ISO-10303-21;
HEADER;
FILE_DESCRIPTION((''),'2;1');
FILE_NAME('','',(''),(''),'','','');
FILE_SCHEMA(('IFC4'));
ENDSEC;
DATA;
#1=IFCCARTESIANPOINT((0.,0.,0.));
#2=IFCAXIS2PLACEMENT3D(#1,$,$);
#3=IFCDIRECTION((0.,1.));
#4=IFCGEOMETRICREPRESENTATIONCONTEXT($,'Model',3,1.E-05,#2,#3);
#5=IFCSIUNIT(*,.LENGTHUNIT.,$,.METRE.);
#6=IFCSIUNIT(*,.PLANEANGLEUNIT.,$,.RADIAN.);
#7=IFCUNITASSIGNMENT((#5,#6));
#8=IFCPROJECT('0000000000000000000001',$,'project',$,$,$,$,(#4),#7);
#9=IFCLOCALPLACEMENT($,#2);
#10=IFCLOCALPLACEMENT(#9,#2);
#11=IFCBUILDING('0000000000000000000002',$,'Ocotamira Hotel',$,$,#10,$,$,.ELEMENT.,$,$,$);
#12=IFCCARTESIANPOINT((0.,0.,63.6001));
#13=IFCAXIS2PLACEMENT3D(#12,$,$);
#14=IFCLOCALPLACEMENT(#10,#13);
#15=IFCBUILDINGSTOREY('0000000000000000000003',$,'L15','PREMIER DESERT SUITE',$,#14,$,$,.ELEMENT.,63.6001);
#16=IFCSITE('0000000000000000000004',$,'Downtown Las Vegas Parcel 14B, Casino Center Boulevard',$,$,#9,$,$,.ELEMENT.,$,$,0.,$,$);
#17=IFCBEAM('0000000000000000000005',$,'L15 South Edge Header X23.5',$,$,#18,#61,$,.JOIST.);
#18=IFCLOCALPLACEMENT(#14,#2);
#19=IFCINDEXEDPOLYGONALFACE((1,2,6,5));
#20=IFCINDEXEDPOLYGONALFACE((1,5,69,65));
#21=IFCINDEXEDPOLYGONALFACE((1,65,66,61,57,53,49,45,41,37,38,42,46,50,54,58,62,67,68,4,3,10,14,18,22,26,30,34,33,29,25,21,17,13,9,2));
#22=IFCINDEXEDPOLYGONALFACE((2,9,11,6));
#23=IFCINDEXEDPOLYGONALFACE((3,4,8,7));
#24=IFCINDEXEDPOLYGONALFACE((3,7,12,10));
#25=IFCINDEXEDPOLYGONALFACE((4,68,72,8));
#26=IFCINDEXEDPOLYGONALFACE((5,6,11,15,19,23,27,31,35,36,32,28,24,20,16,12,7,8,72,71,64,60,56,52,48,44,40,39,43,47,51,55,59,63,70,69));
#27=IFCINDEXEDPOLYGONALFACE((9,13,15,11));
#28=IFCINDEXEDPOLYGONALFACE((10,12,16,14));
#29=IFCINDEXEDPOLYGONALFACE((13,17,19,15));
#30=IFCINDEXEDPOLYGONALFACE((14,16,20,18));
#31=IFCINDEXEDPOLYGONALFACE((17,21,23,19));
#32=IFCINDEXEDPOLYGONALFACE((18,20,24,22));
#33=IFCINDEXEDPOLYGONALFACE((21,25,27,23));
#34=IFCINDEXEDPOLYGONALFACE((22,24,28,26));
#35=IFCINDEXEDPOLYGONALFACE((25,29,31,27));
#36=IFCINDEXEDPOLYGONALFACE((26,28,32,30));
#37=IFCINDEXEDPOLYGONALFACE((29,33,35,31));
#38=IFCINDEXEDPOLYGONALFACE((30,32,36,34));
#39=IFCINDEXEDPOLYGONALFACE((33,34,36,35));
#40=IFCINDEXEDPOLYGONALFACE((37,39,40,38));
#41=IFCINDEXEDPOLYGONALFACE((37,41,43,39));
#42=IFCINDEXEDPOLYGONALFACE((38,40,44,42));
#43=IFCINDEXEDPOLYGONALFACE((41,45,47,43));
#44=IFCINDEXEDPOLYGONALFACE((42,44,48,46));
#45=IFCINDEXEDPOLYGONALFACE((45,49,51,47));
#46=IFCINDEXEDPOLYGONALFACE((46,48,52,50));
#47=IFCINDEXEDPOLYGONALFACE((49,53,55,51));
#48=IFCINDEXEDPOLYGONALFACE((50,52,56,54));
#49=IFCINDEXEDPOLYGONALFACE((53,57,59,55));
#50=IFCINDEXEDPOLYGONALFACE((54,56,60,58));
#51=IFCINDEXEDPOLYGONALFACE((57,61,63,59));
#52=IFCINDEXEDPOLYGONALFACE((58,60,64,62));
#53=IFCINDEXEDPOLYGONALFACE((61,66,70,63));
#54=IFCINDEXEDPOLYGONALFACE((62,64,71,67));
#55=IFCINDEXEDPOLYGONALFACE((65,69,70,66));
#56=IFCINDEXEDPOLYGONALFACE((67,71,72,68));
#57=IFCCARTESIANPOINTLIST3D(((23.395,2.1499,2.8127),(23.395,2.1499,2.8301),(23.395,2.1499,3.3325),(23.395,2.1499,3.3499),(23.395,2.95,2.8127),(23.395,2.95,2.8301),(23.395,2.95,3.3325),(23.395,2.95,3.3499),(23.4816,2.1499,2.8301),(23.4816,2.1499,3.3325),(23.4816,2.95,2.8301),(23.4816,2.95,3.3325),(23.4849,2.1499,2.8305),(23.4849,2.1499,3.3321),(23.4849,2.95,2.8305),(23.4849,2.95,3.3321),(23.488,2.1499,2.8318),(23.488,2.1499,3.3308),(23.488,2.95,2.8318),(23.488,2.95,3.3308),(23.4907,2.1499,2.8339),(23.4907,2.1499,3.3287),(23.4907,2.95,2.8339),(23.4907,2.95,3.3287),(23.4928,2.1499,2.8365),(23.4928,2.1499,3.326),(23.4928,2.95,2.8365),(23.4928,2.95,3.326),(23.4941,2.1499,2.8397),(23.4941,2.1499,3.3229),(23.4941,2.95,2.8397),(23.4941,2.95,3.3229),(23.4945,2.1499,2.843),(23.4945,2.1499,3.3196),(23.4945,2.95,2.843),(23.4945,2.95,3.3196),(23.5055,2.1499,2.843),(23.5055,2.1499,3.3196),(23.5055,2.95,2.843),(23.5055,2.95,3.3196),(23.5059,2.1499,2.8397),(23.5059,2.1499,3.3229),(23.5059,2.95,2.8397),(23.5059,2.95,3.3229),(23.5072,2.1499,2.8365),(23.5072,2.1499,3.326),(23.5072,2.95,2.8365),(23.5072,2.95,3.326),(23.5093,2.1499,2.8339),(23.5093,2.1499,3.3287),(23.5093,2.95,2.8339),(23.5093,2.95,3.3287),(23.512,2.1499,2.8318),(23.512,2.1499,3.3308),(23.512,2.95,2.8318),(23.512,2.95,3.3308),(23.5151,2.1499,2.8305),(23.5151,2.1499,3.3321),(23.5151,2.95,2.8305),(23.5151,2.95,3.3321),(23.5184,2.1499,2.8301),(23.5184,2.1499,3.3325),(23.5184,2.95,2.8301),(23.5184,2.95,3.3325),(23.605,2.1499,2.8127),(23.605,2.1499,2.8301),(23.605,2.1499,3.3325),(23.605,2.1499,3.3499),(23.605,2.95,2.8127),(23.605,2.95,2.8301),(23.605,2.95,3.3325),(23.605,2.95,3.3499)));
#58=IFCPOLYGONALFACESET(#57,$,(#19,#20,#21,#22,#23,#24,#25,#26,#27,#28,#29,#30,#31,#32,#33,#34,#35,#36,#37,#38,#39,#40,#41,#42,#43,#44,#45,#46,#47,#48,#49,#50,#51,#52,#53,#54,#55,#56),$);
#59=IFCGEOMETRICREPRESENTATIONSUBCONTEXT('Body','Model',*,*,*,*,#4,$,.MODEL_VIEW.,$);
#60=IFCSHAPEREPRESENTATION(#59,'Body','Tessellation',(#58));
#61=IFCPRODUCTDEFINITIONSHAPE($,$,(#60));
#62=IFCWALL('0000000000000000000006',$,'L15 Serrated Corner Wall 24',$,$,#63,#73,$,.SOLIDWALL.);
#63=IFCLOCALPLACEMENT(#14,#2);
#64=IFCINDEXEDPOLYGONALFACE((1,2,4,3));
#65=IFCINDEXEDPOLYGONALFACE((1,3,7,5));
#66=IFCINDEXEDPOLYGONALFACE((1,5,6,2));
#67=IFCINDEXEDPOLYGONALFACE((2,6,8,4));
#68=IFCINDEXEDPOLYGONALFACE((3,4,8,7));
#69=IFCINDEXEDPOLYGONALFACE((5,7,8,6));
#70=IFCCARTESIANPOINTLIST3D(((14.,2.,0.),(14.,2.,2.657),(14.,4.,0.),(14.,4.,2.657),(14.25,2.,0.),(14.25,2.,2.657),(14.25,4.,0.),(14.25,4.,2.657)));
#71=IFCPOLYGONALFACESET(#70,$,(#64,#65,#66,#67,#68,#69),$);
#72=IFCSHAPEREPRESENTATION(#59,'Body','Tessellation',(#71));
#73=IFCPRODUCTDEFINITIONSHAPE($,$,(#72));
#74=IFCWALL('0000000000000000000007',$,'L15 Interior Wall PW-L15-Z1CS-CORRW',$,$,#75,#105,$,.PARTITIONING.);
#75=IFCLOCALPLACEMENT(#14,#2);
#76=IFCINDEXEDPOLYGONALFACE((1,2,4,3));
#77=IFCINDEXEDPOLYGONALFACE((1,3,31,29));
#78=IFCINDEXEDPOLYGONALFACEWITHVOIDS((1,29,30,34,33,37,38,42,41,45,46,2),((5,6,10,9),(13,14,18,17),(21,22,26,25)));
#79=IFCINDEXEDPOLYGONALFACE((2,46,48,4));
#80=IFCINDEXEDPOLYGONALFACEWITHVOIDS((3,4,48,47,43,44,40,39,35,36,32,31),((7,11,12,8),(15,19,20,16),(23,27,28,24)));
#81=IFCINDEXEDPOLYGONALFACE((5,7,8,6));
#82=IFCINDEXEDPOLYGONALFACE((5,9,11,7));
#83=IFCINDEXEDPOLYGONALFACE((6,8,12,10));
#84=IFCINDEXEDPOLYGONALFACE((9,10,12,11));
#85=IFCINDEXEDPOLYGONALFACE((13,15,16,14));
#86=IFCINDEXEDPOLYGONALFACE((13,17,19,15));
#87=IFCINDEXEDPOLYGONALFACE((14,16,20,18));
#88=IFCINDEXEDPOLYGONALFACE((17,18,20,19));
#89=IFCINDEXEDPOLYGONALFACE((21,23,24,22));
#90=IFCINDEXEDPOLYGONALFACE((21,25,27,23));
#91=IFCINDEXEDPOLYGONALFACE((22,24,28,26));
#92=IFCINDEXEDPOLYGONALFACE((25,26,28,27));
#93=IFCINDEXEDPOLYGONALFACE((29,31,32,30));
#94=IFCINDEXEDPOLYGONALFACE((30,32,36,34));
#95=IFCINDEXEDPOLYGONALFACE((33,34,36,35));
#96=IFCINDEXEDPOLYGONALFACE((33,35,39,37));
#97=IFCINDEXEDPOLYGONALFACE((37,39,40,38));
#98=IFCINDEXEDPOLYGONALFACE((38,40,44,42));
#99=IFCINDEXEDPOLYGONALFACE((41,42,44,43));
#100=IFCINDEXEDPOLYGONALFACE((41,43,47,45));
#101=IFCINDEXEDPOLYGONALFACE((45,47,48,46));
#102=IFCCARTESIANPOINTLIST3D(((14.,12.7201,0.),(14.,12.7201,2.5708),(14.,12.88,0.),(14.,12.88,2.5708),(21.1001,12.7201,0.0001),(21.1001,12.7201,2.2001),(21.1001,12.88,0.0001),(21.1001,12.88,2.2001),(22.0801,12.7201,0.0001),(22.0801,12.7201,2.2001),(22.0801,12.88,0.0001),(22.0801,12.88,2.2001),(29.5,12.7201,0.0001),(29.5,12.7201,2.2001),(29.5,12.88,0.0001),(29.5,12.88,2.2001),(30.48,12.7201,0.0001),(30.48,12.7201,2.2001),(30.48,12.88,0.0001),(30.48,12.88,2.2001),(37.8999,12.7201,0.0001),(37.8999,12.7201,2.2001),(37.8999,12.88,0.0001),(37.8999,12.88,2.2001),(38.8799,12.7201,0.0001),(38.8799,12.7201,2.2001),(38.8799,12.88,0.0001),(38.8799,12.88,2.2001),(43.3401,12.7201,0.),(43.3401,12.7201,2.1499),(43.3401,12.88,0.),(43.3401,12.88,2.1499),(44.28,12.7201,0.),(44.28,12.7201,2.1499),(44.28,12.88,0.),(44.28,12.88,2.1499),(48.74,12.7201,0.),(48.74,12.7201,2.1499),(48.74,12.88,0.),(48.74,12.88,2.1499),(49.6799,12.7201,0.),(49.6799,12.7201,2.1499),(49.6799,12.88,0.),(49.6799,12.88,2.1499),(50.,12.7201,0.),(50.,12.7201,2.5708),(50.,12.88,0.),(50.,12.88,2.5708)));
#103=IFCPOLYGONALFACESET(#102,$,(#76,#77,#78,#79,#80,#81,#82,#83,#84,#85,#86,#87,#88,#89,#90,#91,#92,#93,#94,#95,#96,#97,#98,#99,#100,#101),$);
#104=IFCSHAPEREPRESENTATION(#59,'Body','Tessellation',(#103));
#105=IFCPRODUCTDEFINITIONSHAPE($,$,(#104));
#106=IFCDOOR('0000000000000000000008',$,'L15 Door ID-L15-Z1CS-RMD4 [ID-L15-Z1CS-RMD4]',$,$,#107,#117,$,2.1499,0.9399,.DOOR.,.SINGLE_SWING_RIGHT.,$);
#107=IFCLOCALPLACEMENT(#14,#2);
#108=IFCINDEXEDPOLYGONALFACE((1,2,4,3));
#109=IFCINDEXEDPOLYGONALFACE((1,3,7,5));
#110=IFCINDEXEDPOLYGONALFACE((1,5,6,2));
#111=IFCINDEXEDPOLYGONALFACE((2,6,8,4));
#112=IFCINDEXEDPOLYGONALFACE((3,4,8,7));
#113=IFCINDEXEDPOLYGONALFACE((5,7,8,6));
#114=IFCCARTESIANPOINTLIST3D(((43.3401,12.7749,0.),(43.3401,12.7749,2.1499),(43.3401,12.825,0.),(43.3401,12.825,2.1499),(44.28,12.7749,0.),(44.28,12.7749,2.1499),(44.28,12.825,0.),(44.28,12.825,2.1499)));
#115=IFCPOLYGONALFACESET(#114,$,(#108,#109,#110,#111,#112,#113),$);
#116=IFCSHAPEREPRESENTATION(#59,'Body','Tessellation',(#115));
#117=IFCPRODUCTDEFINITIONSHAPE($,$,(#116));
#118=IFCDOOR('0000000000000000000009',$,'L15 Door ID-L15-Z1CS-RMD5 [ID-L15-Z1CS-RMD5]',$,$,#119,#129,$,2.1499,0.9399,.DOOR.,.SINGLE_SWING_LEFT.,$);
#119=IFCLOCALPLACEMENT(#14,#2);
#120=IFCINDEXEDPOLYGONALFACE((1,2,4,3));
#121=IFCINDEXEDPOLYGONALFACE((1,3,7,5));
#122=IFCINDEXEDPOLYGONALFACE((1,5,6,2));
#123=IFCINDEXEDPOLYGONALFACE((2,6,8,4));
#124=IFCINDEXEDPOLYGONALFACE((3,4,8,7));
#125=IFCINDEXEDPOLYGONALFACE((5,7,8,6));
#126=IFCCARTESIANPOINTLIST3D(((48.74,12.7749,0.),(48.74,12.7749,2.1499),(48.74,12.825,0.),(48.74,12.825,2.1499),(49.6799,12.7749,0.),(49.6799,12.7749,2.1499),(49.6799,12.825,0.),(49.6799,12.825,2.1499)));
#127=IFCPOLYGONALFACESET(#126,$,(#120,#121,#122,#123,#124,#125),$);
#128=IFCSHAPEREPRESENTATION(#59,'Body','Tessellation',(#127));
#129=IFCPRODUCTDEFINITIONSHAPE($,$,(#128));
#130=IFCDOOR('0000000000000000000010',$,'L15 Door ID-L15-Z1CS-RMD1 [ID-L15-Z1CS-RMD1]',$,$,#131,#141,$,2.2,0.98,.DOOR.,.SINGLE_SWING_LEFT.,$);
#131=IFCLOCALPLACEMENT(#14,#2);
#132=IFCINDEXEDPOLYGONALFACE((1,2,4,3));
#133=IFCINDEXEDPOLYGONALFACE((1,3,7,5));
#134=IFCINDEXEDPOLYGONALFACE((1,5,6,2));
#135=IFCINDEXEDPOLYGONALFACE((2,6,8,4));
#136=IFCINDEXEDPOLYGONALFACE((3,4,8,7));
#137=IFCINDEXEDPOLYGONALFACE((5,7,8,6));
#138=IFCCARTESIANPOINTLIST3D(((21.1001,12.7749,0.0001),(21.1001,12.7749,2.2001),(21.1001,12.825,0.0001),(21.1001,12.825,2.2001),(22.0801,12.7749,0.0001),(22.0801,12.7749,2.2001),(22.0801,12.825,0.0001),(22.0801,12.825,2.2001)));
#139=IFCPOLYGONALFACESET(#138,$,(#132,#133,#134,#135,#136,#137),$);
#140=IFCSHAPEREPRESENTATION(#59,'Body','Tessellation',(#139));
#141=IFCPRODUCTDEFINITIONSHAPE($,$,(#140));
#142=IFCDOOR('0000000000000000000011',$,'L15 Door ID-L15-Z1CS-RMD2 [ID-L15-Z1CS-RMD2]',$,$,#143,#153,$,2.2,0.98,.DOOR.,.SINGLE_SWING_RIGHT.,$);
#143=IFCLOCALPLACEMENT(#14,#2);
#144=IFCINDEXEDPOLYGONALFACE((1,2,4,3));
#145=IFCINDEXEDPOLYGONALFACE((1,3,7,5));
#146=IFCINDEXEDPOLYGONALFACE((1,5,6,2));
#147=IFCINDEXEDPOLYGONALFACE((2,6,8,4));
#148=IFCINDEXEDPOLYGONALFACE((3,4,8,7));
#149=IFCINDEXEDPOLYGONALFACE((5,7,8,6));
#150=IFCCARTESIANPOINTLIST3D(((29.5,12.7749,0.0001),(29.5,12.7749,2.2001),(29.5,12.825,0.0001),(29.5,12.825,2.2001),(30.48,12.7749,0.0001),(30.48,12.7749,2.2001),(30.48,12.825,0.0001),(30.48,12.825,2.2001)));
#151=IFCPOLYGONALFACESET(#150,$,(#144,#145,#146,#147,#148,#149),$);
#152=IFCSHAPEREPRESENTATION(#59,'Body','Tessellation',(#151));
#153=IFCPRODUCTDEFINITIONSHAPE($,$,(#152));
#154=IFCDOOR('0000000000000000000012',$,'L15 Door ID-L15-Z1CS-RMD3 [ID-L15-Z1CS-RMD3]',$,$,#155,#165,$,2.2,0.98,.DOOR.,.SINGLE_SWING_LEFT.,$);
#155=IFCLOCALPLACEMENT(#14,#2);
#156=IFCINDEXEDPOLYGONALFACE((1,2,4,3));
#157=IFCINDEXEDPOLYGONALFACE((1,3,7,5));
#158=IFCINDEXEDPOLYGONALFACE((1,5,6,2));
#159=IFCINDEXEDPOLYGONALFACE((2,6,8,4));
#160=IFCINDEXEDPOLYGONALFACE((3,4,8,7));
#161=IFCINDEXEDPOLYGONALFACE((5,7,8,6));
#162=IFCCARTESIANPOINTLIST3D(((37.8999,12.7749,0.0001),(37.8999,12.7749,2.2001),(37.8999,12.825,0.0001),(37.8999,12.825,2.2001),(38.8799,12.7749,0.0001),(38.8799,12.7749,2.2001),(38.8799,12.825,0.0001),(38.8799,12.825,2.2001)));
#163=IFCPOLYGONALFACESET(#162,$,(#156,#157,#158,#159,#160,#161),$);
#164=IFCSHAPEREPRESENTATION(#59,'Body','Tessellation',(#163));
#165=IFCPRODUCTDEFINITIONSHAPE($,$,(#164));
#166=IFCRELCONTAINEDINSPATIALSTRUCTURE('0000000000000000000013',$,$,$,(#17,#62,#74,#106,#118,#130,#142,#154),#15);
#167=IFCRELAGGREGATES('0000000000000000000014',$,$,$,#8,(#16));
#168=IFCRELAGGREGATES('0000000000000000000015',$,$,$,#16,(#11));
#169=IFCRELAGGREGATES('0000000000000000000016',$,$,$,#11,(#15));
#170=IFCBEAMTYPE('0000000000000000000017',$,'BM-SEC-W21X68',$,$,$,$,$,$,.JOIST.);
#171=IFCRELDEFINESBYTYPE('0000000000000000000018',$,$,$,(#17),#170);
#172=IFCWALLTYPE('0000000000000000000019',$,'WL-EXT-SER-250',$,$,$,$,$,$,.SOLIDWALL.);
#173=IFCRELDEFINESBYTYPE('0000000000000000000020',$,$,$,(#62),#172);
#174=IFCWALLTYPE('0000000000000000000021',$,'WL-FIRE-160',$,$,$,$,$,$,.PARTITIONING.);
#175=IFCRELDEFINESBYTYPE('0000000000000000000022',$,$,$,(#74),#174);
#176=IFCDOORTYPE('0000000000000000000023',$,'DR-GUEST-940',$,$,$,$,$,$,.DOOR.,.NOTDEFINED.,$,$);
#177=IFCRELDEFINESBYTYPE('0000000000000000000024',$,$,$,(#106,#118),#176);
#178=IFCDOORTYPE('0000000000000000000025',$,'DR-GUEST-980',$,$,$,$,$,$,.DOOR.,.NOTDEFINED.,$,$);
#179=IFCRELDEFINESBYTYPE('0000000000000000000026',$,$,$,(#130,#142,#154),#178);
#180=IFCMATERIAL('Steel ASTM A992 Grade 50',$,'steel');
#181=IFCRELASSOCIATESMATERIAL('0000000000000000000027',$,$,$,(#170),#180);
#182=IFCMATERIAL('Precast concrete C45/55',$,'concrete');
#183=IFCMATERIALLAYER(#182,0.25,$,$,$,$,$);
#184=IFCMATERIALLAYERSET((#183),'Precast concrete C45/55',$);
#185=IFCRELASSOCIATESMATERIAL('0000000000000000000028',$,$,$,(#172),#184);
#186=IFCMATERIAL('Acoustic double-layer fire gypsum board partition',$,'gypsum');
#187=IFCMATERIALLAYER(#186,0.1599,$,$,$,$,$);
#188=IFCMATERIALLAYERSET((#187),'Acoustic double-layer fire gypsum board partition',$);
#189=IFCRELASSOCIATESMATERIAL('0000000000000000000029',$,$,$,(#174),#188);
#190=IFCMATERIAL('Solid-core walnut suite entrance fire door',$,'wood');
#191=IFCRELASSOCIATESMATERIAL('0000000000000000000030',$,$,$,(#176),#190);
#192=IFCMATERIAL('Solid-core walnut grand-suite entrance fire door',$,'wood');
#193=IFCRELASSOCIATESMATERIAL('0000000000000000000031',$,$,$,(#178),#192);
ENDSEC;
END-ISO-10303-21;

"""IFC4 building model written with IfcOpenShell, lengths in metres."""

from ifc_helpers import new_model, si_unit, direction, frame, frame_2d, origin, origin_2d, place, context, subcontext, project, spatial, rectangle, i_section, extrude, source, transform, mapped, material, layer, layer_set, material_profile, profile_set, type_object, element, fill, save


model = new_model("IFC4")

# Units and contexts
model_context = context("Model", 3, precision=1e-05, world=origin(), true_north=direction((0.0, 1.0)))
body_context = subcontext(model_context, "Body", "Model", "MODEL_VIEW")
ifc_project = project(units=[si_unit("LENGTHUNIT", "METRE"), si_unit("PLANEANGLEUNIT", "RADIAN")], contexts=[model_context])

# Site, building, storey
site_placement = place(None, origin())
site = spatial("IfcSite", under=ifc_project, at=site_placement, Name="Downtown Las Vegas Parcel 14B, Casino Center Boulevard", CompositionType="ELEMENT", RefElevation=0.0)
building_placement = place(site_placement, origin())
building = spatial("IfcBuilding", under=site, at=building_placement, Name="Ocotamira Hotel", CompositionType="ELEMENT")
storey_placement = place(building_placement, frame((0.0, 0.0, 63.6001)))
storey = spatial("IfcBuildingStorey", under=building, at=storey_placement, Name="L15", Description="PREMIER DESERT SUITE", CompositionType="ELEMENT", Elevation=63.6001)

# Beam
ifc_material_1 = material(Name="Steel ASTM A992 Grade 50", Category="steel")
ifc_material_profile_1 = material_profile(ifc_material_1, i_section(OverallWidth=0.21, OverallDepth=0.5371, WebThickness=0.011, FlangeThickness=0.0173, FilletRadius=0.0129, at=origin_2d()), Name="W21X68")
ifc_profile_set_1 = profile_set([ifc_material_profile_1], Name="Steel ASTM A992 Grade 50")
beam_type_1 = type_object("IfcBeamType", Name="BM-SEC-W21X68", PredefinedType="JOIST", material=ifc_profile_set_1)
shared_shape_1 = source(origin(), body_context, "Body", "SweptSolid", [
    extrude(i_section(OverallWidth=0.21, OverallDepth=0.5371, WebThickness=0.011, FlangeThickness=0.0173, FilletRadius=0.0129, at=origin_2d()), origin(), (0.0, 0.0, 1.0), 0.8),
])
for number, where, z_axis, x_axis, name in (
    (1, (23.5, 2.95, 3.0813), (0.0, -1.0, 0.0), (1.0, 0.0, 0.0), "L15 South Edge Header X23.5"),
):
    element("IfcBeam", number, at=place(storey_placement, frame(where, z_axis=z_axis, x_axis=x_axis)), inside=storey, type_object=beam_type_1, Name=name, PredefinedType="JOIST", context=body_context, shape_type="MappedRepresentation", body=[
        mapped(shared_shape_1, transform((0.0, 0.0, 0.0), scale=1.0)),
    ])

# Wall
ifc_material_2 = material(Name="Precast concrete C45/55", Category="concrete")
ifc_layer_1 = layer(ifc_material_2, 0.25)
ifc_layer_set_1 = layer_set([ifc_layer_1], Name="Precast concrete C45/55")
wall_type_1 = type_object("IfcWallType", Name="WL-EXT-SER-250", PredefinedType="SOLIDWALL", material=ifc_layer_set_1)
wall_1_placement = place(storey_placement, frame((14.125, 4.0, 0.0), z_axis=(0.0, 0.0, 1.0), x_axis=(0.0, -1.0, 0.0)))
element("IfcWall", 2, at=wall_1_placement, inside=storey, type_object=wall_type_1, Name="L15 Serrated Corner Wall 24", PredefinedType="SOLIDWALL", context=body_context, shape_type="SweptSolid", body=[
    extrude(rectangle(XDim=2.0, YDim=0.25, at=frame_2d((1.0, 0.0))), origin(), (0.0, 0.0, 1.0), 2.657),
])

# Wall, openings, doors
ifc_material_3 = material(Name="Acoustic double-layer fire gypsum board partition", Category="gypsum")
ifc_layer_2 = layer(ifc_material_3, 0.1599)
ifc_layer_set_2 = layer_set([ifc_layer_2], Name="Acoustic double-layer fire gypsum board partition")
wall_type_2 = type_object("IfcWallType", Name="WL-FIRE-160", PredefinedType="PARTITIONING", material=ifc_layer_set_2)
wall_2_placement = place(storey_placement, frame((14.0, 12.8, 0.0), z_axis=(0.0, 0.0, 1.0), x_axis=(1.0, 0.0, 0.0)))
wall_2 = element("IfcWall", 3, at=wall_2_placement, inside=storey, type_object=wall_type_2, Name="L15 Interior Wall PW-L15-Z1CS-CORRW", PredefinedType="PARTITIONING", context=body_context, shape_type="SweptSolid", body=[
    extrude(rectangle(XDim=36.0, YDim=0.1599, at=frame_2d((18.0, 0.0))), origin(), (0.0, 0.0, 1.0), 2.5708),
])
opening_1_placement = place(wall_2_placement, frame((7.1001, 0.0, 0.0)))
opening_1 = element("IfcOpeningElement", 4, at=opening_1_placement, cuts=wall_2, PredefinedType="OPENING", context=body_context, shape_type="SweptSolid", body=[
    extrude(rectangle(XDim=0.98, YDim=2.2, at=frame_2d((0.49, 1.1001))), frame((0.0, 0.0898, 0.0), z_axis=(0.0, -1.0, 0.0), x_axis=(1.0, 0.0, 0.0)), (0.0, 0.0, 1.0), 0.1799),
])
opening_2_placement = place(wall_2_placement, frame((15.5, 0.0, 0.0)))
opening_2 = element("IfcOpeningElement", 5, at=opening_2_placement, cuts=wall_2, PredefinedType="OPENING", context=body_context, shape_type="SweptSolid", body=[
    extrude(rectangle(XDim=0.98, YDim=2.2, at=frame_2d((0.49, 1.1001))), frame((0.0, 0.0898, 0.0), z_axis=(0.0, -1.0, 0.0), x_axis=(1.0, 0.0, 0.0)), (0.0, 0.0, 1.0), 0.1799),
])
opening_3_placement = place(wall_2_placement, frame((23.8999, 0.0, 0.0)))
opening_3 = element("IfcOpeningElement", 6, at=opening_3_placement, cuts=wall_2, PredefinedType="OPENING", context=body_context, shape_type="SweptSolid", body=[
    extrude(rectangle(XDim=0.98, YDim=2.2, at=frame_2d((0.49, 1.1001))), frame((0.0, 0.0898, 0.0), z_axis=(0.0, -1.0, 0.0), x_axis=(1.0, 0.0, 0.0)), (0.0, 0.0, 1.0), 0.1799),
])
opening_4_placement = place(wall_2_placement, frame((29.3401, 0.0, 0.0)))
opening_4 = element("IfcOpeningElement", 7, at=opening_4_placement, cuts=wall_2, PredefinedType="OPENING", context=body_context, shape_type="SweptSolid", body=[
    extrude(rectangle(XDim=0.9399, YDim=2.1499, at=frame_2d((0.47, 1.075))), frame((0.0, 0.0898, 0.0), z_axis=(0.0, -1.0, 0.0), x_axis=(1.0, 0.0, 0.0)), (0.0, 0.0, 1.0), 0.1799),
])
opening_5_placement = place(wall_2_placement, frame((34.74, 0.0, 0.0)))
opening_5 = element("IfcOpeningElement", 8, at=opening_5_placement, cuts=wall_2, PredefinedType="OPENING", context=body_context, shape_type="SweptSolid", body=[
    extrude(rectangle(XDim=0.9399, YDim=2.1499, at=frame_2d((0.47, 1.075))), frame((0.0, 0.0898, 0.0), z_axis=(0.0, -1.0, 0.0), x_axis=(1.0, 0.0, 0.0)), (0.0, 0.0, 1.0), 0.1799),
])
ifc_material_4 = material(Name="Solid-core walnut suite entrance fire door", Category="wood")
door_type_1 = type_object("IfcDoorType", Name="DR-GUEST-940", OperationType="NOTDEFINED", PredefinedType="DOOR", material=ifc_material_4)
shared_shape_2 = source(origin(), body_context, "Body", "SweptSolid", [
    extrude(rectangle(XDim=0.9399, YDim=2.1499, at=frame_2d((0.47, 1.075))), frame((0.0, 0.0249, 0.0), z_axis=(0.0, -1.0, 0.0), x_axis=(1.0, 0.0, 0.0)), (0.0, 0.0, 1.0), 0.05),
])
door_1_placement = place(opening_4_placement, origin())
door_1 = element("IfcDoor", 9, at=door_1_placement, inside=storey, type_object=door_type_1, Name="L15 Door ID-L15-Z1CS-RMD4 [ID-L15-Z1CS-RMD4]", OperationType="SINGLE_SWING_RIGHT", OverallHeight=2.1499, OverallWidth=0.9399, PredefinedType="DOOR", context=body_context, shape_type="MappedRepresentation", body=[
    mapped(shared_shape_2, transform((0.0, 0.0, 0.0), scale=1.0)),
])
fill(opening_4, door_1)
door_2_placement = place(opening_5_placement, origin())
door_2 = element("IfcDoor", 10, at=door_2_placement, inside=storey, type_object=door_type_1, Name="L15 Door ID-L15-Z1CS-RMD5 [ID-L15-Z1CS-RMD5]", OperationType="SINGLE_SWING_LEFT", OverallHeight=2.1499, OverallWidth=0.9399, PredefinedType="DOOR", context=body_context, shape_type="MappedRepresentation", body=[
    mapped(shared_shape_2, transform((0.0, 0.0, 0.0), scale=1.0)),
])
fill(opening_5, door_2)
ifc_material_5 = material(Name="Solid-core walnut grand-suite entrance fire door", Category="wood")
door_type_2 = type_object("IfcDoorType", Name="DR-GUEST-980", OperationType="NOTDEFINED", PredefinedType="DOOR", material=ifc_material_5)
shared_shape_3 = source(origin(), body_context, "Body", "SweptSolid", [
    extrude(rectangle(XDim=0.98, YDim=2.2, at=frame_2d((0.49, 1.1001))), frame((0.0, 0.0249, 0.0), z_axis=(0.0, -1.0, 0.0), x_axis=(1.0, 0.0, 0.0)), (0.0, 0.0, 1.0), 0.05),
])
door_3_placement = place(opening_1_placement, origin())
door_3 = element("IfcDoor", 11, at=door_3_placement, inside=storey, type_object=door_type_2, Name="L15 Door ID-L15-Z1CS-RMD1 [ID-L15-Z1CS-RMD1]", OperationType="SINGLE_SWING_LEFT", OverallHeight=2.2, OverallWidth=0.98, PredefinedType="DOOR", context=body_context, shape_type="MappedRepresentation", body=[
    mapped(shared_shape_3, transform((0.0, 0.0, 0.0), scale=1.0)),
])
fill(opening_1, door_3)
door_4_placement = place(opening_2_placement, origin())
door_4 = element("IfcDoor", 12, at=door_4_placement, inside=storey, type_object=door_type_2, Name="L15 Door ID-L15-Z1CS-RMD2 [ID-L15-Z1CS-RMD2]", OperationType="SINGLE_SWING_RIGHT", OverallHeight=2.2, OverallWidth=0.98, PredefinedType="DOOR", context=body_context, shape_type="MappedRepresentation", body=[
    mapped(shared_shape_3, transform((0.0, 0.0, 0.0), scale=1.0)),
])
fill(opening_2, door_4)
door_5_placement = place(opening_3_placement, origin())
door_5 = element("IfcDoor", 13, at=door_5_placement, inside=storey, type_object=door_type_2, Name="L15 Door ID-L15-Z1CS-RMD3 [ID-L15-Z1CS-RMD3]", OperationType="SINGLE_SWING_LEFT", OverallHeight=2.2, OverallWidth=0.98, PredefinedType="DOOR", context=body_context, shape_type="MappedRepresentation", body=[
    mapped(shared_shape_3, transform((0.0, 0.0, 0.0), scale=1.0)),
])
fill(opening_3, door_5)

save(model, "model.ifc")
